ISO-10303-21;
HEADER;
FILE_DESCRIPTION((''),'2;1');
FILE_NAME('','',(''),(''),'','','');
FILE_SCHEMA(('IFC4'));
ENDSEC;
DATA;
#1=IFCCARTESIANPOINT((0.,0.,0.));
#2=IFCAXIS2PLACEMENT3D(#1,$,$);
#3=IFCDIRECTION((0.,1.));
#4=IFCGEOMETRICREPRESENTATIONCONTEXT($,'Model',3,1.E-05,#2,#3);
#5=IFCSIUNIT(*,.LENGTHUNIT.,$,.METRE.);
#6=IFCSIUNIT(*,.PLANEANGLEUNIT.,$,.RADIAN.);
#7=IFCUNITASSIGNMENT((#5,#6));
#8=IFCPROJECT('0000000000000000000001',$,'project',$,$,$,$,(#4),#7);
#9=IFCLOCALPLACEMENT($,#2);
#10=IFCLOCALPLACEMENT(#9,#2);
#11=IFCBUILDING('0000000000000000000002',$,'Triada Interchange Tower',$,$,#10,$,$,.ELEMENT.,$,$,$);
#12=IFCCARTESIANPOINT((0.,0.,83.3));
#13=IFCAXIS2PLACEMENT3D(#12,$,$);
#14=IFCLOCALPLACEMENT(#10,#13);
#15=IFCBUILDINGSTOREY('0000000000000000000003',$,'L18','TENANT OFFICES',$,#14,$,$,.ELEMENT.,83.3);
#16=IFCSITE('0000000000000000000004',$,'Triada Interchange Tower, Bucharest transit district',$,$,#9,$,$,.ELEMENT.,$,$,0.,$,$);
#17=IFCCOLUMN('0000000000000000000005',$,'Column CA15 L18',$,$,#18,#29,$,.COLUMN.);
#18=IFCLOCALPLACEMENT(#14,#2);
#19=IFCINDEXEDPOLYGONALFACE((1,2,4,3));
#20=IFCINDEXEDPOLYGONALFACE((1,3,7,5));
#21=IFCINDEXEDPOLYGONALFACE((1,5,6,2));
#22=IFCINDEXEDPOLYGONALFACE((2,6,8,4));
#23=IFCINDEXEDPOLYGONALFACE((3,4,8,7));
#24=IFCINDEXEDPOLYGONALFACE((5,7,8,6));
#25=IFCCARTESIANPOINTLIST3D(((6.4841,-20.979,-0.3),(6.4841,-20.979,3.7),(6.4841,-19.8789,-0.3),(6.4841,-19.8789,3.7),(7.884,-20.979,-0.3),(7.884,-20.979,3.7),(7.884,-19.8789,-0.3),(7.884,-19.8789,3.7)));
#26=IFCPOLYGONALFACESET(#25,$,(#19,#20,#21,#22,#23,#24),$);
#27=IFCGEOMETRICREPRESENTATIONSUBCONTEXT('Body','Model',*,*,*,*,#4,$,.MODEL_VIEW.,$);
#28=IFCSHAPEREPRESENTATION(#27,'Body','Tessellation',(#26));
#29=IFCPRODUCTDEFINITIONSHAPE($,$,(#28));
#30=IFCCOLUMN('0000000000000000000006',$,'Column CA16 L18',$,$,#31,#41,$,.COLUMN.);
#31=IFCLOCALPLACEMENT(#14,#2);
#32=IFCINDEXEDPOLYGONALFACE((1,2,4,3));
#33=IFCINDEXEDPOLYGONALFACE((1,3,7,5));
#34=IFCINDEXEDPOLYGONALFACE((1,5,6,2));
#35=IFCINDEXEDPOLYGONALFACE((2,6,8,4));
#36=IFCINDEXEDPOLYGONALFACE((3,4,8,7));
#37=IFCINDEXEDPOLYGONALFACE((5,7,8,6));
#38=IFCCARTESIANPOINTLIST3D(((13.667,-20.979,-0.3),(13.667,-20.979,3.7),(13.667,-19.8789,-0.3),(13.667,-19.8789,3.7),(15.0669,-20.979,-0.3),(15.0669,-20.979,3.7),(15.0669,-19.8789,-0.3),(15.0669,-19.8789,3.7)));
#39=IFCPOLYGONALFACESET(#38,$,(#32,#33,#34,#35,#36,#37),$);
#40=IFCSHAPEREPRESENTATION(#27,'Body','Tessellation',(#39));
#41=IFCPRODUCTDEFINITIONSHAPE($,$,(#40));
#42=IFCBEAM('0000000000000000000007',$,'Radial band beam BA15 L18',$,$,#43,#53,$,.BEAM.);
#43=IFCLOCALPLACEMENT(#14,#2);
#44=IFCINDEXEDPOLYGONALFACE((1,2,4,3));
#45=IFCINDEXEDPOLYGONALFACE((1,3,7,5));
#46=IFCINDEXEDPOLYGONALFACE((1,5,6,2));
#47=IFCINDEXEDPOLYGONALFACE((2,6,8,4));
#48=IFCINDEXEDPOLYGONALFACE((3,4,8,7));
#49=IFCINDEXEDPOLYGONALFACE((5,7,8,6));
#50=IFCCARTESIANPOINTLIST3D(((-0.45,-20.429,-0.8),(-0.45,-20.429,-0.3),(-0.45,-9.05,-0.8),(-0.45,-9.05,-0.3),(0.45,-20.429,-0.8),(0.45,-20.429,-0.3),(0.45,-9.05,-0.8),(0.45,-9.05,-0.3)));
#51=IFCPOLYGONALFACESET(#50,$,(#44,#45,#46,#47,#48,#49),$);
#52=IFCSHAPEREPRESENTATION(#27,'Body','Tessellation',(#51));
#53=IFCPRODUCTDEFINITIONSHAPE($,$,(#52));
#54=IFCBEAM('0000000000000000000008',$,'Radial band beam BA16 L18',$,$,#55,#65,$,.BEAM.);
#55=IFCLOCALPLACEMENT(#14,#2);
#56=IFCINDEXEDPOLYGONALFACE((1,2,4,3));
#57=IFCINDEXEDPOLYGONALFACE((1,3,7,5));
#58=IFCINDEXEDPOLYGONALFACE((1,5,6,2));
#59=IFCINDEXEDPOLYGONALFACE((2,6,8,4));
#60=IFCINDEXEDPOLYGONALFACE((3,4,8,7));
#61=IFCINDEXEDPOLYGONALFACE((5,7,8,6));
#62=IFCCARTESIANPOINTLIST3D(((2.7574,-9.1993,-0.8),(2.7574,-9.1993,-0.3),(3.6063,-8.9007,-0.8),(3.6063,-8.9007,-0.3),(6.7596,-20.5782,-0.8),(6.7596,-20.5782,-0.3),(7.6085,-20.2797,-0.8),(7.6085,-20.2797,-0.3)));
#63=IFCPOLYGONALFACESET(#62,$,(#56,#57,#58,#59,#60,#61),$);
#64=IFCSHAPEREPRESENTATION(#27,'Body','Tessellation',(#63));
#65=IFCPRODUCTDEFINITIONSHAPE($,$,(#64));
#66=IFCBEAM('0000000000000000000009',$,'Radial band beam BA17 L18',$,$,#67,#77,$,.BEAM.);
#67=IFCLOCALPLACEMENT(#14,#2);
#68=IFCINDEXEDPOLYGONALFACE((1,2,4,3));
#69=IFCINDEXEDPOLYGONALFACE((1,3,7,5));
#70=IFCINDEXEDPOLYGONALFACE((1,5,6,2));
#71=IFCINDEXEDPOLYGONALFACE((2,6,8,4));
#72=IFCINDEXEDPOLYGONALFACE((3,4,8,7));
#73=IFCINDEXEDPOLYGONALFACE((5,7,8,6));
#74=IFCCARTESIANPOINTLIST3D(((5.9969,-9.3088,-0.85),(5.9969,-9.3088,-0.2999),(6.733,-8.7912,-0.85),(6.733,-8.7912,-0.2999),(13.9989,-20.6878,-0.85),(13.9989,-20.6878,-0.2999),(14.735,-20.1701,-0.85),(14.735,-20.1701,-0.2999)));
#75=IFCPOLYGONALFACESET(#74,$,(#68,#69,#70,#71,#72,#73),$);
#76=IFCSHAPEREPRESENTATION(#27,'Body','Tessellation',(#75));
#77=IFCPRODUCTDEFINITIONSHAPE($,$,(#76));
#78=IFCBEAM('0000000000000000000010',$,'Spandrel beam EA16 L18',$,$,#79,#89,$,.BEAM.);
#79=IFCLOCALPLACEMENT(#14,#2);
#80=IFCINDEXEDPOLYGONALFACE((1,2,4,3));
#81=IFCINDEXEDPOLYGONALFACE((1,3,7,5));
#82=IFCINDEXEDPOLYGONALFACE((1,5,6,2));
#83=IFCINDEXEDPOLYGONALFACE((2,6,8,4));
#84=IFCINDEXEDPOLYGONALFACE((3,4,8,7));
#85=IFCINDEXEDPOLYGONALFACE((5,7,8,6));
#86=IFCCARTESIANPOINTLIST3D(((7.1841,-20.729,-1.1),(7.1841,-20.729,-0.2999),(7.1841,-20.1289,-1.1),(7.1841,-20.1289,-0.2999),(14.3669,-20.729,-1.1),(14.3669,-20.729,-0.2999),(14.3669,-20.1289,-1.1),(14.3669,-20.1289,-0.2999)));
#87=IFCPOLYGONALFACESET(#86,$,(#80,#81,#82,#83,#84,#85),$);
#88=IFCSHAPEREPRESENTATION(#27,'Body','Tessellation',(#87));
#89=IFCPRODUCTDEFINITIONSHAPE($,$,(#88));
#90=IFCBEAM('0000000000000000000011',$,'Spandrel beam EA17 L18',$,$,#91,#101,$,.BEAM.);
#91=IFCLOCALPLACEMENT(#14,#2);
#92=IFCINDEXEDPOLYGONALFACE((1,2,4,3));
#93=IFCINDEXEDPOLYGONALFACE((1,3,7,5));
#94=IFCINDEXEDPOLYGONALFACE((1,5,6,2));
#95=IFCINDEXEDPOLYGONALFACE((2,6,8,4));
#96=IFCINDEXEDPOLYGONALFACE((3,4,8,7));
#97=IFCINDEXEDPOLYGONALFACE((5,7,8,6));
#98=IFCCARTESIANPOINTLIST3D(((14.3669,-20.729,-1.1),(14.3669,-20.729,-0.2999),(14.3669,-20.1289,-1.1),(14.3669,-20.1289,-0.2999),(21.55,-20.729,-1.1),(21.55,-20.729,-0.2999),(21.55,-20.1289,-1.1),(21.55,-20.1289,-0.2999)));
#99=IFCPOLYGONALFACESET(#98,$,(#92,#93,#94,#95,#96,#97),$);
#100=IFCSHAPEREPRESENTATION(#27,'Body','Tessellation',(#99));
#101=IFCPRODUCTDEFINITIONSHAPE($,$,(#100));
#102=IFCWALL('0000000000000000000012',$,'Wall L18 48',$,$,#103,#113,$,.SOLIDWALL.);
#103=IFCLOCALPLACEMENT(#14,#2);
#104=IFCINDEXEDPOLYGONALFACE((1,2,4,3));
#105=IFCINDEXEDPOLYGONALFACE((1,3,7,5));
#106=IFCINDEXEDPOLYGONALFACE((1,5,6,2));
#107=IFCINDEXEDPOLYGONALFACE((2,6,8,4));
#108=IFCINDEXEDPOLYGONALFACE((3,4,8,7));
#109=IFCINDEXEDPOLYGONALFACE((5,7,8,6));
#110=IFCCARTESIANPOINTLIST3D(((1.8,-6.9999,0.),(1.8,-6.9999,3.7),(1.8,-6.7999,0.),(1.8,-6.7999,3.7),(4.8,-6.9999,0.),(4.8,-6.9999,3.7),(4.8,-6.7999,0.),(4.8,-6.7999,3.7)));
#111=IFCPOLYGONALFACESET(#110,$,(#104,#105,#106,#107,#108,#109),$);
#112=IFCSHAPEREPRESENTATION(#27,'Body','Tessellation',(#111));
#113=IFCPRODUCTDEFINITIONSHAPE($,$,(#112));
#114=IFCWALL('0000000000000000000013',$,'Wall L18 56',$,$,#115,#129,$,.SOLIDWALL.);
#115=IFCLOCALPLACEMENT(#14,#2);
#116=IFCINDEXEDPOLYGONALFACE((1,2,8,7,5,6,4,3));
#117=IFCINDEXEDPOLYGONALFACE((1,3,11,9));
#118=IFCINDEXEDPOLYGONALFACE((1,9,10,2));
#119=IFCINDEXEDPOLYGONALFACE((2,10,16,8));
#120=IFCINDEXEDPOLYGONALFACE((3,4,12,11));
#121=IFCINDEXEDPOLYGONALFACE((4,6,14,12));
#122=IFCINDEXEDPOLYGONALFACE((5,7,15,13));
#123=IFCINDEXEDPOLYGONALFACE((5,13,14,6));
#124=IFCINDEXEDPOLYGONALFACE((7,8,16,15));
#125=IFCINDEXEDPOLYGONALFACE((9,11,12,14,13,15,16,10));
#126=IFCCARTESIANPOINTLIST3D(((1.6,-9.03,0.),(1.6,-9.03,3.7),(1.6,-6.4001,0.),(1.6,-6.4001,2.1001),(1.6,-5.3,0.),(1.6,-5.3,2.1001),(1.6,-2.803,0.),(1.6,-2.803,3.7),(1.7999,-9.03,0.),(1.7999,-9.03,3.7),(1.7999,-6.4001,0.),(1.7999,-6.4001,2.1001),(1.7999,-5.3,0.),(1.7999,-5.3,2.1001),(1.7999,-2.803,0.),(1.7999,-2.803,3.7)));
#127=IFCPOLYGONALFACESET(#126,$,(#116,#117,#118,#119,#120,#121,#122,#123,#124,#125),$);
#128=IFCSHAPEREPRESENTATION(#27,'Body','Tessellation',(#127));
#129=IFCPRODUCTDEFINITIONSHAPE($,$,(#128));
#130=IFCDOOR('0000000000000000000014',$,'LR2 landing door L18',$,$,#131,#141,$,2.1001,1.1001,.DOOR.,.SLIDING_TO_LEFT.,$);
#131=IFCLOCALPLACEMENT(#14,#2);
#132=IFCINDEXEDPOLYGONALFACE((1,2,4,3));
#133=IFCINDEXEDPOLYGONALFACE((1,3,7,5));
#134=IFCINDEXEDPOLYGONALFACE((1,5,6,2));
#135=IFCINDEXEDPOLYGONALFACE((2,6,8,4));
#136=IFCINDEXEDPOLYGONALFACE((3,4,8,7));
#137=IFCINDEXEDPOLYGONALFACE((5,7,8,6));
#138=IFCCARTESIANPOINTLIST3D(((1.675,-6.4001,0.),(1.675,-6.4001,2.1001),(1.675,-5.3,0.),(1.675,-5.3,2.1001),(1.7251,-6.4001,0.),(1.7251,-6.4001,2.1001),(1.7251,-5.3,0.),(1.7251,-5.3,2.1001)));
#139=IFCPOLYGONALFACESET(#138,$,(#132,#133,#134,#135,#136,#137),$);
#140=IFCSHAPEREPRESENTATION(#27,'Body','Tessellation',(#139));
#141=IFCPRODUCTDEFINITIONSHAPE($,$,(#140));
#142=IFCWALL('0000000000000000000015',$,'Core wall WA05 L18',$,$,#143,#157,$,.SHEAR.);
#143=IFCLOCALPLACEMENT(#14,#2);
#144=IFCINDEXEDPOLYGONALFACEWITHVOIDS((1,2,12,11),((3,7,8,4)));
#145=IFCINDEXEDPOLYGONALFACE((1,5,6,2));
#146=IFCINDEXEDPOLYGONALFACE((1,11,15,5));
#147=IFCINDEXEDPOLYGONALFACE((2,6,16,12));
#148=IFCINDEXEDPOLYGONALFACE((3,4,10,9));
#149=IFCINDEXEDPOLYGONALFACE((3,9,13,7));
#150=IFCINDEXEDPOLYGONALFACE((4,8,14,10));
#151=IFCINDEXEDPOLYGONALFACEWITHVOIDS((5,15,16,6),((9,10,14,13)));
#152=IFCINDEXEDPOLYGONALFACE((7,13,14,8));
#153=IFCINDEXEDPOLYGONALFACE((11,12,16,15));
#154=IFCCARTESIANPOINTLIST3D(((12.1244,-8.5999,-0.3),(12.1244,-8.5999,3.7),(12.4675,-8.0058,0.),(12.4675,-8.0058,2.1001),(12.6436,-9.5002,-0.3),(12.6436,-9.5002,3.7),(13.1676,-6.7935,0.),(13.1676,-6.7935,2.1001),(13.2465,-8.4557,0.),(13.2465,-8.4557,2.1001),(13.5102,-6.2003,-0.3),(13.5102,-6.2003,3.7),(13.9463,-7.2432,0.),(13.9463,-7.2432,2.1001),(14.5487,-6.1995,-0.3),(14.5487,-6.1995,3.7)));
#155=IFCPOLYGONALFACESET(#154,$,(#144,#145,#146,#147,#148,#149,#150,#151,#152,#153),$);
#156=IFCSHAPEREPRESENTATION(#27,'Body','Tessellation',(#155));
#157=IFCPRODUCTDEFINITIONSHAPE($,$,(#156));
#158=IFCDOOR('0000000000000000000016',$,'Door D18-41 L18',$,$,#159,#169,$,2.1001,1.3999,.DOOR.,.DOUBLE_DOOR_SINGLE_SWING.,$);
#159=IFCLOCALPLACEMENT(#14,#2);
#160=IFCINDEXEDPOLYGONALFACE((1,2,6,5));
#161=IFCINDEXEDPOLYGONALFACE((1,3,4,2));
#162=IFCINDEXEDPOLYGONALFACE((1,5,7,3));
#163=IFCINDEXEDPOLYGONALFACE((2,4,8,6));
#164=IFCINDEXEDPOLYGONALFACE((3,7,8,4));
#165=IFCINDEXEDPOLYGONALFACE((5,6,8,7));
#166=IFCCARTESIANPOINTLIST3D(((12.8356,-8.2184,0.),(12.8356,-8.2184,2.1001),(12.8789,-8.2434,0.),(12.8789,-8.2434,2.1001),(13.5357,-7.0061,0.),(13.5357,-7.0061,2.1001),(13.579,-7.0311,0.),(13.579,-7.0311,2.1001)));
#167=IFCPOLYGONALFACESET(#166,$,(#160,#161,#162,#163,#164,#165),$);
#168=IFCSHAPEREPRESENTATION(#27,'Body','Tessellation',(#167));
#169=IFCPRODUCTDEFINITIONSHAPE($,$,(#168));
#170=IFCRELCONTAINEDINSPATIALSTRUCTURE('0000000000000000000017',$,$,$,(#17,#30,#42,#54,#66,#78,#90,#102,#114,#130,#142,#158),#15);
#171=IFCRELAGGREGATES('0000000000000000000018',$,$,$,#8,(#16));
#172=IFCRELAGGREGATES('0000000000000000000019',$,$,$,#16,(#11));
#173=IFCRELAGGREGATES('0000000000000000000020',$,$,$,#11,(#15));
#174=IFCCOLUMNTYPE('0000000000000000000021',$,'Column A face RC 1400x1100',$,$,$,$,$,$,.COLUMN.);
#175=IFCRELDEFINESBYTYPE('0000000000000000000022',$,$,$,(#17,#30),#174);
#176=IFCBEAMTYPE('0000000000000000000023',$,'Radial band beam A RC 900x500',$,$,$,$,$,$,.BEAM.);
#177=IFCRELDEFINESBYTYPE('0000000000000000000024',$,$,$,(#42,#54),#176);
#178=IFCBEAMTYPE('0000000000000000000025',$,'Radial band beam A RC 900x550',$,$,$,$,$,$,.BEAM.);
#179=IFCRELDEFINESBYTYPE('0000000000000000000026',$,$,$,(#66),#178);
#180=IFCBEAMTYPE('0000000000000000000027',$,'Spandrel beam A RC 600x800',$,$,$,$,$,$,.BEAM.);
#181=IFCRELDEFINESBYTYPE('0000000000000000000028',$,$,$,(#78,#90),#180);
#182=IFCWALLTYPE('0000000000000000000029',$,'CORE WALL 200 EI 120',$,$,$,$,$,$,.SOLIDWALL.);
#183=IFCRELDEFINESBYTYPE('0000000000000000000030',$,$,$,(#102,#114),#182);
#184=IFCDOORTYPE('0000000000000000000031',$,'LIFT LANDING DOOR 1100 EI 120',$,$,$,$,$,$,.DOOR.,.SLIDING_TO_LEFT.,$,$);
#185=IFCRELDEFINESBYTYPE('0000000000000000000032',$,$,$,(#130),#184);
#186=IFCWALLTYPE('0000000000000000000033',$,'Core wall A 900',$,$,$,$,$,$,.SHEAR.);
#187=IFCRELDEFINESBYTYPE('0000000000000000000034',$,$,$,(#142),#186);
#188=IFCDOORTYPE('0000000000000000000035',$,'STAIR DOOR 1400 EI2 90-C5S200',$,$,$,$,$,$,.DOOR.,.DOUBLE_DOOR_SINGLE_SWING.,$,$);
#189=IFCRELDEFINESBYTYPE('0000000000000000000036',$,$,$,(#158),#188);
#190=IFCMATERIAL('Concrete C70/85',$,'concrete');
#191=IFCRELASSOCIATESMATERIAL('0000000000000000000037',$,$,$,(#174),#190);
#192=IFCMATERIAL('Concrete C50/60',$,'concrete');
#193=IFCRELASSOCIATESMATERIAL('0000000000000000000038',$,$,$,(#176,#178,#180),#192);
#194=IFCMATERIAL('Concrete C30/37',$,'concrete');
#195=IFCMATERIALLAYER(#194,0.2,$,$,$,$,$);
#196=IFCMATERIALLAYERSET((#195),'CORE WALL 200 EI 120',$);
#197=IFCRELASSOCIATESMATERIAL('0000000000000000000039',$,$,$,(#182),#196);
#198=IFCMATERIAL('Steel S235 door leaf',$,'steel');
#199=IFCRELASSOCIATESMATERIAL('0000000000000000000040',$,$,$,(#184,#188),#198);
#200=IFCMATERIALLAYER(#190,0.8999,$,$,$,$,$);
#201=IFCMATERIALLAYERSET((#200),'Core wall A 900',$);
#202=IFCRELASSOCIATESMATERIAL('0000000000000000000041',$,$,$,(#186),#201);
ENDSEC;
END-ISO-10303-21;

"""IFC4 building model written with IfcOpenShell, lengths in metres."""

from ifc_helpers import new_model, si_unit, direction, frame, frame_2d, origin, origin_2d, place, context, subcontext, project, spatial, polyline, rectangle, outline, extrude, material, layer, layer_set, material_profile, profile_set, type_object, element, fill, save


model = new_model("IFC4")

# Units and contexts
model_context = context("Model", 3, precision=1e-05, world=origin(), true_north=direction((0.0, 1.0)))
body_context = subcontext(model_context, "Body", "Model", "MODEL_VIEW")
ifc_project = project(units=[si_unit("LENGTHUNIT", "METRE"), si_unit("PLANEANGLEUNIT", "RADIAN")], contexts=[model_context])

# Site, building, storey
site_placement = place(None, origin())
site = spatial("IfcSite", under=ifc_project, at=site_placement, Name="Triada Interchange Tower, Bucharest transit district", CompositionType="ELEMENT", RefElevation=0.0)
building_placement = place(site_placement, origin())
building = spatial("IfcBuilding", under=site, at=building_placement, Name="Triada Interchange Tower", CompositionType="ELEMENT")
storey_placement = place(building_placement, frame((0.0, 0.0, 83.3)))
storey = spatial("IfcBuildingStorey", under=building, at=storey_placement, Name="L18", Description="TENANT OFFICES", CompositionType="ELEMENT", Elevation=83.3)

# Columns
ifc_material_1 = material(Name="Concrete C70/85", Category="concrete")
ifc_material_profile_1 = material_profile(ifc_material_1, rectangle(XDim=1.3999, YDim=1.1001, at=origin_2d()), Name="RC 1400x1100")
ifc_profile_set_1 = profile_set([ifc_material_profile_1], Name="Concrete C70/85")
column_type = type_object("IfcColumnType", Name="Column A face RC 1400x1100", PredefinedType="COLUMN", material=ifc_profile_set_1)
for number, where, z_axis, x_axis, name in (
    (1, (7.1841, -20.429, -0.3), (0.0, 0.0, 1.0), (1.0, 0.0, 0.0), "Column CA15 L18"),
    (2, (14.3669, -20.429, -0.3), (0.0, 0.0, 1.0), (1.0, 0.0, 0.0), "Column CA16 L18"),
):
    element("IfcColumn", number, at=place(storey_placement, frame(where, z_axis=z_axis, x_axis=x_axis)), inside=storey, type_object=column_type, Name=name, PredefinedType="COLUMN", context=body_context, shape_type="SweptSolid", body=[
        extrude(rectangle(XDim=1.3999, YDim=1.1001, at=origin_2d()), origin(), (0.0, 0.0, 1.0), 4.0),
    ])

# Beams
ifc_material_2 = material(Name="Concrete C50/60", Category="concrete")
ifc_material_profile_2 = material_profile(ifc_material_2, rectangle(XDim=0.8999, YDim=0.5, at=origin_2d()), Name="RC 900x500")
ifc_profile_set_2 = profile_set([ifc_material_profile_2], Name="Concrete C50/60")
beam_type_1 = type_object("IfcBeamType", Name="Radial band beam A RC 900x500", PredefinedType="BEAM", material=ifc_profile_set_2)
beam_1_placement = place(storey_placement, frame((0.0, -20.429, -0.55), z_axis=(0.0, 1.0, 0.0), x_axis=(-1.0, 0.0, 0.0)))
element("IfcBeam", 3, at=beam_1_placement, inside=storey, type_object=beam_type_1, Name="Radial band beam BA15 L18", PredefinedType="BEAM", context=body_context, shape_type="SweptSolid", body=[
    extrude(rectangle(XDim=0.8999, YDim=0.5, at=origin_2d()), origin(), (0.0, 0.0, 1.0), 11.3789),
])
beam_2_placement = place(storey_placement, frame((7.1841, -20.429, -0.55), z_axis=(-0.331796, 0.943351, 0.0), x_axis=(-0.943351, -0.331796, 0.0)))
element("IfcBeam", 4, at=beam_2_placement, inside=storey, type_object=beam_type_1, Name="Radial band beam BA16 L18", PredefinedType="BEAM", context=body_context, shape_type="SweptSolid", body=[
    extrude(rectangle(XDim=0.8999, YDim=0.5, at=origin_2d()), origin(), (0.0, 0.0, 1.0), 12.0623),
])
ifc_material_profile_3 = material_profile(ifc_material_2, rectangle(XDim=0.8999, YDim=0.55, at=origin_2d()), Name="RC 900x550")
ifc_profile_set_3 = profile_set([ifc_material_profile_3], Name="Concrete C50/60")
beam_type_2 = type_object("IfcBeamType", Name="Radial band beam A RC 900x550", PredefinedType="BEAM", material=ifc_profile_set_3)
beam_3_placement = place(storey_placement, frame((14.3669, -20.429, -0.575), z_axis=(-0.575233, 0.81799, 0.0), x_axis=(-0.81799, -0.575233, 0.0)))
element("IfcBeam", 5, at=beam_3_placement, inside=storey, type_object=beam_type_2, Name="Radial band beam BA17 L18", PredefinedType="BEAM", context=body_context, shape_type="SweptSolid", body=[
    extrude(rectangle(XDim=0.8999, YDim=0.55, at=origin_2d()), origin(), (0.0, 0.0, 1.0), 13.9109),
])
ifc_material_profile_4 = material_profile(ifc_material_2, rectangle(XDim=0.6001, YDim=0.8, at=origin_2d()), Name="RC 600x800")
ifc_profile_set_4 = profile_set([ifc_material_profile_4], Name="Concrete C50/60")
beam_type_3 = type_object("IfcBeamType", Name="Spandrel beam A RC 600x800", PredefinedType="BEAM", material=ifc_profile_set_4)
beam_4_placement = place(storey_placement, frame((7.1841, -20.429, -0.7), z_axis=(1.0, 0.0, 0.0), x_axis=(0.0, 1.0, 0.0)))
element("IfcBeam", 6, at=beam_4_placement, inside=storey, type_object=beam_type_3, Name="Spandrel beam EA16 L18", PredefinedType="BEAM", context=body_context, shape_type="SweptSolid", body=[
    extrude(rectangle(XDim=0.6001, YDim=0.8, at=origin_2d()), origin(), (0.0, 0.0, 1.0), 7.1829),
])
beam_5_placement = place(storey_placement, frame((14.3669, -20.429, -0.7), z_axis=(1.0, 0.0, 0.0), x_axis=(0.0, 1.0, 0.0)))
element("IfcBeam", 7, at=beam_5_placement, inside=storey, type_object=beam_type_3, Name="Spandrel beam EA17 L18", PredefinedType="BEAM", context=body_context, shape_type="SweptSolid", body=[
    extrude(rectangle(XDim=0.6001, YDim=0.8, at=origin_2d()), origin(), (0.0, 0.0, 1.0), 7.1831),
])

# Wall
ifc_material_3 = material(Name="Concrete C30/37", Category="concrete")
ifc_layer_1 = layer(ifc_material_3, 0.2)
ifc_layer_set_1 = layer_set([ifc_layer_1], Name="CORE WALL 200 EI 120")
wall_type_1 = type_object("IfcWallType", Name="CORE WALL 200 EI 120", PredefinedType="SOLIDWALL", material=ifc_layer_set_1)
wall_1_placement = place(storey_placement, frame((1.8, -6.8999, 0.0), z_axis=(0.0, 0.0, 1.0), x_axis=(1.0, 0.0, 0.0)))
element("IfcWall", 8, at=wall_1_placement, inside=storey, type_object=wall_type_1, Name="Wall L18 48", PredefinedType="SOLIDWALL", context=body_context, shape_type="SweptSolid", body=[
    extrude(rectangle(XDim=3.0, YDim=0.2, at=frame_2d((1.5, 0.0))), origin(), (0.0, 0.0, 1.0), 3.7),
])

# Walls, openings, doors
wall_2_placement = place(storey_placement, frame((1.7, -9.03, 0.0), z_axis=(0.0, 0.0, 1.0), x_axis=(0.0, 1.0, 0.0)))
wall_2 = element("IfcWall", 9, at=wall_2_placement, inside=storey, type_object=wall_type_1, Name="Wall L18 56", PredefinedType="SOLIDWALL", context=body_context, shape_type="SweptSolid", body=[
    extrude(rectangle(XDim=6.2271, YDim=0.2, at=frame_2d((3.1135, 0.0))), origin(), (0.0, 0.0, 1.0), 3.7),
])
opening_1_placement = place(wall_2_placement, frame((2.6299, 0.0, 0.0)))
opening_1 = element("IfcOpeningElement", 10, at=opening_1_placement, cuts=wall_2, PredefinedType="OPENING", context=body_context, shape_type="SweptSolid", body=[
    extrude(rectangle(XDim=1.1001, YDim=2.1001, at=frame_2d((0.55, 1.05))), frame((0.0, 0.1099, 0.0), z_axis=(0.0, -1.0, 0.0), x_axis=(1.0, 0.0, 0.0)), (0.0, 0.0, 1.0), 0.22),
])
ifc_material_4 = material(Name="Steel S235 door leaf", Category="steel")
door_type_1 = type_object("IfcDoorType", Name="LIFT LANDING DOOR 1100 EI 120", OperationType="SLIDING_TO_LEFT", PredefinedType="DOOR", material=ifc_material_4)
door_1_placement = place(opening_1_placement, origin())
door_1 = element("IfcDoor", 11, at=door_1_placement, inside=storey, type_object=door_type_1, Name="LR2 landing door L18", OperationType="SLIDING_TO_LEFT", OverallHeight=2.1001, OverallWidth=1.1001, PredefinedType="DOOR", context=body_context, shape_type="SweptSolid", body=[
    extrude(rectangle(XDim=1.1001, YDim=2.1001, at=frame_2d((0.55, 1.05))), frame((0.0, 0.0249, 0.0), z_axis=(0.0, -1.0, 0.0), x_axis=(1.0, 0.0, 0.0)), (0.0, 0.0, 1.0), 0.05),
])
fill(opening_1, door_1)
ifc_layer_2 = layer(ifc_material_1, 0.8999)
ifc_layer_set_2 = layer_set([ifc_layer_2], Name="Core wall A 900")
wall_type_2 = type_object("IfcWallType", Name="Core wall A 900", PredefinedType="SHEAR", material=ifc_layer_set_2)
wall_3_placement = place(storey_placement, frame((12.384, -9.05, -0.3), z_axis=(0.0, 0.0, 1.0), x_axis=(0.500112, 0.865961, 0.0)))
wall_3 = element("IfcWall", 12, at=wall_3_placement, inside=storey, type_object=wall_type_2, Name="Core wall WA05 L18", PredefinedType="SHEAR", context=body_context, shape_type="SweptSolid", body=[
    extrude(outline(polyline([(-0.26, -0.45), (1.6455, -0.4495), (3.551, -0.449), (3.031, 0.45), (1.6455, 0.45), (0.26, 0.45), (-0.26, -0.45)])), origin(), (0.0, 0.0, 1.0), 4.0),
])
opening_2_placement = place(wall_3_placement, frame((0.946, 0.0, 0.3)))
opening_2 = element("IfcOpeningElement", 13, at=opening_2_placement, cuts=wall_3, PredefinedType="OPENING", context=body_context, shape_type="SweptSolid", body=[
    extrude(rectangle(XDim=1.3999, YDim=2.1001, at=frame_2d((0.7, 1.05))), frame((0.0, 0.46, 0.0), z_axis=(0.0, -1.0, 0.0), x_axis=(1.0, 0.0, 0.0)), (0.0, 0.0, 1.0), 0.9199),
])
door_type_2 = type_object("IfcDoorType", Name="STAIR DOOR 1400 EI2 90-C5S200", OperationType="DOUBLE_DOOR_SINGLE_SWING", PredefinedType="DOOR", material=ifc_material_4)
door_2_placement = place(opening_2_placement, origin())
door_2 = element("IfcDoor", 14, at=door_2_placement, inside=storey, type_object=door_type_2, Name="Door D18-41 L18", OperationType="DOUBLE_DOOR_SINGLE_SWING", OverallHeight=2.1001, OverallWidth=1.3999, PredefinedType="DOOR", context=body_context, shape_type="SweptSolid", body=[
    extrude(rectangle(XDim=1.3999, YDim=2.1001, at=frame_2d((0.7, 1.05))), frame((0.0, 0.0249, 0.0), z_axis=(0.0, -1.0, 0.0), x_axis=(1.0, 0.0, 0.0)), (0.0, 0.0, 1.0), 0.05),
])
fill(opening_2, door_2)

save(model, "model.ifc")
